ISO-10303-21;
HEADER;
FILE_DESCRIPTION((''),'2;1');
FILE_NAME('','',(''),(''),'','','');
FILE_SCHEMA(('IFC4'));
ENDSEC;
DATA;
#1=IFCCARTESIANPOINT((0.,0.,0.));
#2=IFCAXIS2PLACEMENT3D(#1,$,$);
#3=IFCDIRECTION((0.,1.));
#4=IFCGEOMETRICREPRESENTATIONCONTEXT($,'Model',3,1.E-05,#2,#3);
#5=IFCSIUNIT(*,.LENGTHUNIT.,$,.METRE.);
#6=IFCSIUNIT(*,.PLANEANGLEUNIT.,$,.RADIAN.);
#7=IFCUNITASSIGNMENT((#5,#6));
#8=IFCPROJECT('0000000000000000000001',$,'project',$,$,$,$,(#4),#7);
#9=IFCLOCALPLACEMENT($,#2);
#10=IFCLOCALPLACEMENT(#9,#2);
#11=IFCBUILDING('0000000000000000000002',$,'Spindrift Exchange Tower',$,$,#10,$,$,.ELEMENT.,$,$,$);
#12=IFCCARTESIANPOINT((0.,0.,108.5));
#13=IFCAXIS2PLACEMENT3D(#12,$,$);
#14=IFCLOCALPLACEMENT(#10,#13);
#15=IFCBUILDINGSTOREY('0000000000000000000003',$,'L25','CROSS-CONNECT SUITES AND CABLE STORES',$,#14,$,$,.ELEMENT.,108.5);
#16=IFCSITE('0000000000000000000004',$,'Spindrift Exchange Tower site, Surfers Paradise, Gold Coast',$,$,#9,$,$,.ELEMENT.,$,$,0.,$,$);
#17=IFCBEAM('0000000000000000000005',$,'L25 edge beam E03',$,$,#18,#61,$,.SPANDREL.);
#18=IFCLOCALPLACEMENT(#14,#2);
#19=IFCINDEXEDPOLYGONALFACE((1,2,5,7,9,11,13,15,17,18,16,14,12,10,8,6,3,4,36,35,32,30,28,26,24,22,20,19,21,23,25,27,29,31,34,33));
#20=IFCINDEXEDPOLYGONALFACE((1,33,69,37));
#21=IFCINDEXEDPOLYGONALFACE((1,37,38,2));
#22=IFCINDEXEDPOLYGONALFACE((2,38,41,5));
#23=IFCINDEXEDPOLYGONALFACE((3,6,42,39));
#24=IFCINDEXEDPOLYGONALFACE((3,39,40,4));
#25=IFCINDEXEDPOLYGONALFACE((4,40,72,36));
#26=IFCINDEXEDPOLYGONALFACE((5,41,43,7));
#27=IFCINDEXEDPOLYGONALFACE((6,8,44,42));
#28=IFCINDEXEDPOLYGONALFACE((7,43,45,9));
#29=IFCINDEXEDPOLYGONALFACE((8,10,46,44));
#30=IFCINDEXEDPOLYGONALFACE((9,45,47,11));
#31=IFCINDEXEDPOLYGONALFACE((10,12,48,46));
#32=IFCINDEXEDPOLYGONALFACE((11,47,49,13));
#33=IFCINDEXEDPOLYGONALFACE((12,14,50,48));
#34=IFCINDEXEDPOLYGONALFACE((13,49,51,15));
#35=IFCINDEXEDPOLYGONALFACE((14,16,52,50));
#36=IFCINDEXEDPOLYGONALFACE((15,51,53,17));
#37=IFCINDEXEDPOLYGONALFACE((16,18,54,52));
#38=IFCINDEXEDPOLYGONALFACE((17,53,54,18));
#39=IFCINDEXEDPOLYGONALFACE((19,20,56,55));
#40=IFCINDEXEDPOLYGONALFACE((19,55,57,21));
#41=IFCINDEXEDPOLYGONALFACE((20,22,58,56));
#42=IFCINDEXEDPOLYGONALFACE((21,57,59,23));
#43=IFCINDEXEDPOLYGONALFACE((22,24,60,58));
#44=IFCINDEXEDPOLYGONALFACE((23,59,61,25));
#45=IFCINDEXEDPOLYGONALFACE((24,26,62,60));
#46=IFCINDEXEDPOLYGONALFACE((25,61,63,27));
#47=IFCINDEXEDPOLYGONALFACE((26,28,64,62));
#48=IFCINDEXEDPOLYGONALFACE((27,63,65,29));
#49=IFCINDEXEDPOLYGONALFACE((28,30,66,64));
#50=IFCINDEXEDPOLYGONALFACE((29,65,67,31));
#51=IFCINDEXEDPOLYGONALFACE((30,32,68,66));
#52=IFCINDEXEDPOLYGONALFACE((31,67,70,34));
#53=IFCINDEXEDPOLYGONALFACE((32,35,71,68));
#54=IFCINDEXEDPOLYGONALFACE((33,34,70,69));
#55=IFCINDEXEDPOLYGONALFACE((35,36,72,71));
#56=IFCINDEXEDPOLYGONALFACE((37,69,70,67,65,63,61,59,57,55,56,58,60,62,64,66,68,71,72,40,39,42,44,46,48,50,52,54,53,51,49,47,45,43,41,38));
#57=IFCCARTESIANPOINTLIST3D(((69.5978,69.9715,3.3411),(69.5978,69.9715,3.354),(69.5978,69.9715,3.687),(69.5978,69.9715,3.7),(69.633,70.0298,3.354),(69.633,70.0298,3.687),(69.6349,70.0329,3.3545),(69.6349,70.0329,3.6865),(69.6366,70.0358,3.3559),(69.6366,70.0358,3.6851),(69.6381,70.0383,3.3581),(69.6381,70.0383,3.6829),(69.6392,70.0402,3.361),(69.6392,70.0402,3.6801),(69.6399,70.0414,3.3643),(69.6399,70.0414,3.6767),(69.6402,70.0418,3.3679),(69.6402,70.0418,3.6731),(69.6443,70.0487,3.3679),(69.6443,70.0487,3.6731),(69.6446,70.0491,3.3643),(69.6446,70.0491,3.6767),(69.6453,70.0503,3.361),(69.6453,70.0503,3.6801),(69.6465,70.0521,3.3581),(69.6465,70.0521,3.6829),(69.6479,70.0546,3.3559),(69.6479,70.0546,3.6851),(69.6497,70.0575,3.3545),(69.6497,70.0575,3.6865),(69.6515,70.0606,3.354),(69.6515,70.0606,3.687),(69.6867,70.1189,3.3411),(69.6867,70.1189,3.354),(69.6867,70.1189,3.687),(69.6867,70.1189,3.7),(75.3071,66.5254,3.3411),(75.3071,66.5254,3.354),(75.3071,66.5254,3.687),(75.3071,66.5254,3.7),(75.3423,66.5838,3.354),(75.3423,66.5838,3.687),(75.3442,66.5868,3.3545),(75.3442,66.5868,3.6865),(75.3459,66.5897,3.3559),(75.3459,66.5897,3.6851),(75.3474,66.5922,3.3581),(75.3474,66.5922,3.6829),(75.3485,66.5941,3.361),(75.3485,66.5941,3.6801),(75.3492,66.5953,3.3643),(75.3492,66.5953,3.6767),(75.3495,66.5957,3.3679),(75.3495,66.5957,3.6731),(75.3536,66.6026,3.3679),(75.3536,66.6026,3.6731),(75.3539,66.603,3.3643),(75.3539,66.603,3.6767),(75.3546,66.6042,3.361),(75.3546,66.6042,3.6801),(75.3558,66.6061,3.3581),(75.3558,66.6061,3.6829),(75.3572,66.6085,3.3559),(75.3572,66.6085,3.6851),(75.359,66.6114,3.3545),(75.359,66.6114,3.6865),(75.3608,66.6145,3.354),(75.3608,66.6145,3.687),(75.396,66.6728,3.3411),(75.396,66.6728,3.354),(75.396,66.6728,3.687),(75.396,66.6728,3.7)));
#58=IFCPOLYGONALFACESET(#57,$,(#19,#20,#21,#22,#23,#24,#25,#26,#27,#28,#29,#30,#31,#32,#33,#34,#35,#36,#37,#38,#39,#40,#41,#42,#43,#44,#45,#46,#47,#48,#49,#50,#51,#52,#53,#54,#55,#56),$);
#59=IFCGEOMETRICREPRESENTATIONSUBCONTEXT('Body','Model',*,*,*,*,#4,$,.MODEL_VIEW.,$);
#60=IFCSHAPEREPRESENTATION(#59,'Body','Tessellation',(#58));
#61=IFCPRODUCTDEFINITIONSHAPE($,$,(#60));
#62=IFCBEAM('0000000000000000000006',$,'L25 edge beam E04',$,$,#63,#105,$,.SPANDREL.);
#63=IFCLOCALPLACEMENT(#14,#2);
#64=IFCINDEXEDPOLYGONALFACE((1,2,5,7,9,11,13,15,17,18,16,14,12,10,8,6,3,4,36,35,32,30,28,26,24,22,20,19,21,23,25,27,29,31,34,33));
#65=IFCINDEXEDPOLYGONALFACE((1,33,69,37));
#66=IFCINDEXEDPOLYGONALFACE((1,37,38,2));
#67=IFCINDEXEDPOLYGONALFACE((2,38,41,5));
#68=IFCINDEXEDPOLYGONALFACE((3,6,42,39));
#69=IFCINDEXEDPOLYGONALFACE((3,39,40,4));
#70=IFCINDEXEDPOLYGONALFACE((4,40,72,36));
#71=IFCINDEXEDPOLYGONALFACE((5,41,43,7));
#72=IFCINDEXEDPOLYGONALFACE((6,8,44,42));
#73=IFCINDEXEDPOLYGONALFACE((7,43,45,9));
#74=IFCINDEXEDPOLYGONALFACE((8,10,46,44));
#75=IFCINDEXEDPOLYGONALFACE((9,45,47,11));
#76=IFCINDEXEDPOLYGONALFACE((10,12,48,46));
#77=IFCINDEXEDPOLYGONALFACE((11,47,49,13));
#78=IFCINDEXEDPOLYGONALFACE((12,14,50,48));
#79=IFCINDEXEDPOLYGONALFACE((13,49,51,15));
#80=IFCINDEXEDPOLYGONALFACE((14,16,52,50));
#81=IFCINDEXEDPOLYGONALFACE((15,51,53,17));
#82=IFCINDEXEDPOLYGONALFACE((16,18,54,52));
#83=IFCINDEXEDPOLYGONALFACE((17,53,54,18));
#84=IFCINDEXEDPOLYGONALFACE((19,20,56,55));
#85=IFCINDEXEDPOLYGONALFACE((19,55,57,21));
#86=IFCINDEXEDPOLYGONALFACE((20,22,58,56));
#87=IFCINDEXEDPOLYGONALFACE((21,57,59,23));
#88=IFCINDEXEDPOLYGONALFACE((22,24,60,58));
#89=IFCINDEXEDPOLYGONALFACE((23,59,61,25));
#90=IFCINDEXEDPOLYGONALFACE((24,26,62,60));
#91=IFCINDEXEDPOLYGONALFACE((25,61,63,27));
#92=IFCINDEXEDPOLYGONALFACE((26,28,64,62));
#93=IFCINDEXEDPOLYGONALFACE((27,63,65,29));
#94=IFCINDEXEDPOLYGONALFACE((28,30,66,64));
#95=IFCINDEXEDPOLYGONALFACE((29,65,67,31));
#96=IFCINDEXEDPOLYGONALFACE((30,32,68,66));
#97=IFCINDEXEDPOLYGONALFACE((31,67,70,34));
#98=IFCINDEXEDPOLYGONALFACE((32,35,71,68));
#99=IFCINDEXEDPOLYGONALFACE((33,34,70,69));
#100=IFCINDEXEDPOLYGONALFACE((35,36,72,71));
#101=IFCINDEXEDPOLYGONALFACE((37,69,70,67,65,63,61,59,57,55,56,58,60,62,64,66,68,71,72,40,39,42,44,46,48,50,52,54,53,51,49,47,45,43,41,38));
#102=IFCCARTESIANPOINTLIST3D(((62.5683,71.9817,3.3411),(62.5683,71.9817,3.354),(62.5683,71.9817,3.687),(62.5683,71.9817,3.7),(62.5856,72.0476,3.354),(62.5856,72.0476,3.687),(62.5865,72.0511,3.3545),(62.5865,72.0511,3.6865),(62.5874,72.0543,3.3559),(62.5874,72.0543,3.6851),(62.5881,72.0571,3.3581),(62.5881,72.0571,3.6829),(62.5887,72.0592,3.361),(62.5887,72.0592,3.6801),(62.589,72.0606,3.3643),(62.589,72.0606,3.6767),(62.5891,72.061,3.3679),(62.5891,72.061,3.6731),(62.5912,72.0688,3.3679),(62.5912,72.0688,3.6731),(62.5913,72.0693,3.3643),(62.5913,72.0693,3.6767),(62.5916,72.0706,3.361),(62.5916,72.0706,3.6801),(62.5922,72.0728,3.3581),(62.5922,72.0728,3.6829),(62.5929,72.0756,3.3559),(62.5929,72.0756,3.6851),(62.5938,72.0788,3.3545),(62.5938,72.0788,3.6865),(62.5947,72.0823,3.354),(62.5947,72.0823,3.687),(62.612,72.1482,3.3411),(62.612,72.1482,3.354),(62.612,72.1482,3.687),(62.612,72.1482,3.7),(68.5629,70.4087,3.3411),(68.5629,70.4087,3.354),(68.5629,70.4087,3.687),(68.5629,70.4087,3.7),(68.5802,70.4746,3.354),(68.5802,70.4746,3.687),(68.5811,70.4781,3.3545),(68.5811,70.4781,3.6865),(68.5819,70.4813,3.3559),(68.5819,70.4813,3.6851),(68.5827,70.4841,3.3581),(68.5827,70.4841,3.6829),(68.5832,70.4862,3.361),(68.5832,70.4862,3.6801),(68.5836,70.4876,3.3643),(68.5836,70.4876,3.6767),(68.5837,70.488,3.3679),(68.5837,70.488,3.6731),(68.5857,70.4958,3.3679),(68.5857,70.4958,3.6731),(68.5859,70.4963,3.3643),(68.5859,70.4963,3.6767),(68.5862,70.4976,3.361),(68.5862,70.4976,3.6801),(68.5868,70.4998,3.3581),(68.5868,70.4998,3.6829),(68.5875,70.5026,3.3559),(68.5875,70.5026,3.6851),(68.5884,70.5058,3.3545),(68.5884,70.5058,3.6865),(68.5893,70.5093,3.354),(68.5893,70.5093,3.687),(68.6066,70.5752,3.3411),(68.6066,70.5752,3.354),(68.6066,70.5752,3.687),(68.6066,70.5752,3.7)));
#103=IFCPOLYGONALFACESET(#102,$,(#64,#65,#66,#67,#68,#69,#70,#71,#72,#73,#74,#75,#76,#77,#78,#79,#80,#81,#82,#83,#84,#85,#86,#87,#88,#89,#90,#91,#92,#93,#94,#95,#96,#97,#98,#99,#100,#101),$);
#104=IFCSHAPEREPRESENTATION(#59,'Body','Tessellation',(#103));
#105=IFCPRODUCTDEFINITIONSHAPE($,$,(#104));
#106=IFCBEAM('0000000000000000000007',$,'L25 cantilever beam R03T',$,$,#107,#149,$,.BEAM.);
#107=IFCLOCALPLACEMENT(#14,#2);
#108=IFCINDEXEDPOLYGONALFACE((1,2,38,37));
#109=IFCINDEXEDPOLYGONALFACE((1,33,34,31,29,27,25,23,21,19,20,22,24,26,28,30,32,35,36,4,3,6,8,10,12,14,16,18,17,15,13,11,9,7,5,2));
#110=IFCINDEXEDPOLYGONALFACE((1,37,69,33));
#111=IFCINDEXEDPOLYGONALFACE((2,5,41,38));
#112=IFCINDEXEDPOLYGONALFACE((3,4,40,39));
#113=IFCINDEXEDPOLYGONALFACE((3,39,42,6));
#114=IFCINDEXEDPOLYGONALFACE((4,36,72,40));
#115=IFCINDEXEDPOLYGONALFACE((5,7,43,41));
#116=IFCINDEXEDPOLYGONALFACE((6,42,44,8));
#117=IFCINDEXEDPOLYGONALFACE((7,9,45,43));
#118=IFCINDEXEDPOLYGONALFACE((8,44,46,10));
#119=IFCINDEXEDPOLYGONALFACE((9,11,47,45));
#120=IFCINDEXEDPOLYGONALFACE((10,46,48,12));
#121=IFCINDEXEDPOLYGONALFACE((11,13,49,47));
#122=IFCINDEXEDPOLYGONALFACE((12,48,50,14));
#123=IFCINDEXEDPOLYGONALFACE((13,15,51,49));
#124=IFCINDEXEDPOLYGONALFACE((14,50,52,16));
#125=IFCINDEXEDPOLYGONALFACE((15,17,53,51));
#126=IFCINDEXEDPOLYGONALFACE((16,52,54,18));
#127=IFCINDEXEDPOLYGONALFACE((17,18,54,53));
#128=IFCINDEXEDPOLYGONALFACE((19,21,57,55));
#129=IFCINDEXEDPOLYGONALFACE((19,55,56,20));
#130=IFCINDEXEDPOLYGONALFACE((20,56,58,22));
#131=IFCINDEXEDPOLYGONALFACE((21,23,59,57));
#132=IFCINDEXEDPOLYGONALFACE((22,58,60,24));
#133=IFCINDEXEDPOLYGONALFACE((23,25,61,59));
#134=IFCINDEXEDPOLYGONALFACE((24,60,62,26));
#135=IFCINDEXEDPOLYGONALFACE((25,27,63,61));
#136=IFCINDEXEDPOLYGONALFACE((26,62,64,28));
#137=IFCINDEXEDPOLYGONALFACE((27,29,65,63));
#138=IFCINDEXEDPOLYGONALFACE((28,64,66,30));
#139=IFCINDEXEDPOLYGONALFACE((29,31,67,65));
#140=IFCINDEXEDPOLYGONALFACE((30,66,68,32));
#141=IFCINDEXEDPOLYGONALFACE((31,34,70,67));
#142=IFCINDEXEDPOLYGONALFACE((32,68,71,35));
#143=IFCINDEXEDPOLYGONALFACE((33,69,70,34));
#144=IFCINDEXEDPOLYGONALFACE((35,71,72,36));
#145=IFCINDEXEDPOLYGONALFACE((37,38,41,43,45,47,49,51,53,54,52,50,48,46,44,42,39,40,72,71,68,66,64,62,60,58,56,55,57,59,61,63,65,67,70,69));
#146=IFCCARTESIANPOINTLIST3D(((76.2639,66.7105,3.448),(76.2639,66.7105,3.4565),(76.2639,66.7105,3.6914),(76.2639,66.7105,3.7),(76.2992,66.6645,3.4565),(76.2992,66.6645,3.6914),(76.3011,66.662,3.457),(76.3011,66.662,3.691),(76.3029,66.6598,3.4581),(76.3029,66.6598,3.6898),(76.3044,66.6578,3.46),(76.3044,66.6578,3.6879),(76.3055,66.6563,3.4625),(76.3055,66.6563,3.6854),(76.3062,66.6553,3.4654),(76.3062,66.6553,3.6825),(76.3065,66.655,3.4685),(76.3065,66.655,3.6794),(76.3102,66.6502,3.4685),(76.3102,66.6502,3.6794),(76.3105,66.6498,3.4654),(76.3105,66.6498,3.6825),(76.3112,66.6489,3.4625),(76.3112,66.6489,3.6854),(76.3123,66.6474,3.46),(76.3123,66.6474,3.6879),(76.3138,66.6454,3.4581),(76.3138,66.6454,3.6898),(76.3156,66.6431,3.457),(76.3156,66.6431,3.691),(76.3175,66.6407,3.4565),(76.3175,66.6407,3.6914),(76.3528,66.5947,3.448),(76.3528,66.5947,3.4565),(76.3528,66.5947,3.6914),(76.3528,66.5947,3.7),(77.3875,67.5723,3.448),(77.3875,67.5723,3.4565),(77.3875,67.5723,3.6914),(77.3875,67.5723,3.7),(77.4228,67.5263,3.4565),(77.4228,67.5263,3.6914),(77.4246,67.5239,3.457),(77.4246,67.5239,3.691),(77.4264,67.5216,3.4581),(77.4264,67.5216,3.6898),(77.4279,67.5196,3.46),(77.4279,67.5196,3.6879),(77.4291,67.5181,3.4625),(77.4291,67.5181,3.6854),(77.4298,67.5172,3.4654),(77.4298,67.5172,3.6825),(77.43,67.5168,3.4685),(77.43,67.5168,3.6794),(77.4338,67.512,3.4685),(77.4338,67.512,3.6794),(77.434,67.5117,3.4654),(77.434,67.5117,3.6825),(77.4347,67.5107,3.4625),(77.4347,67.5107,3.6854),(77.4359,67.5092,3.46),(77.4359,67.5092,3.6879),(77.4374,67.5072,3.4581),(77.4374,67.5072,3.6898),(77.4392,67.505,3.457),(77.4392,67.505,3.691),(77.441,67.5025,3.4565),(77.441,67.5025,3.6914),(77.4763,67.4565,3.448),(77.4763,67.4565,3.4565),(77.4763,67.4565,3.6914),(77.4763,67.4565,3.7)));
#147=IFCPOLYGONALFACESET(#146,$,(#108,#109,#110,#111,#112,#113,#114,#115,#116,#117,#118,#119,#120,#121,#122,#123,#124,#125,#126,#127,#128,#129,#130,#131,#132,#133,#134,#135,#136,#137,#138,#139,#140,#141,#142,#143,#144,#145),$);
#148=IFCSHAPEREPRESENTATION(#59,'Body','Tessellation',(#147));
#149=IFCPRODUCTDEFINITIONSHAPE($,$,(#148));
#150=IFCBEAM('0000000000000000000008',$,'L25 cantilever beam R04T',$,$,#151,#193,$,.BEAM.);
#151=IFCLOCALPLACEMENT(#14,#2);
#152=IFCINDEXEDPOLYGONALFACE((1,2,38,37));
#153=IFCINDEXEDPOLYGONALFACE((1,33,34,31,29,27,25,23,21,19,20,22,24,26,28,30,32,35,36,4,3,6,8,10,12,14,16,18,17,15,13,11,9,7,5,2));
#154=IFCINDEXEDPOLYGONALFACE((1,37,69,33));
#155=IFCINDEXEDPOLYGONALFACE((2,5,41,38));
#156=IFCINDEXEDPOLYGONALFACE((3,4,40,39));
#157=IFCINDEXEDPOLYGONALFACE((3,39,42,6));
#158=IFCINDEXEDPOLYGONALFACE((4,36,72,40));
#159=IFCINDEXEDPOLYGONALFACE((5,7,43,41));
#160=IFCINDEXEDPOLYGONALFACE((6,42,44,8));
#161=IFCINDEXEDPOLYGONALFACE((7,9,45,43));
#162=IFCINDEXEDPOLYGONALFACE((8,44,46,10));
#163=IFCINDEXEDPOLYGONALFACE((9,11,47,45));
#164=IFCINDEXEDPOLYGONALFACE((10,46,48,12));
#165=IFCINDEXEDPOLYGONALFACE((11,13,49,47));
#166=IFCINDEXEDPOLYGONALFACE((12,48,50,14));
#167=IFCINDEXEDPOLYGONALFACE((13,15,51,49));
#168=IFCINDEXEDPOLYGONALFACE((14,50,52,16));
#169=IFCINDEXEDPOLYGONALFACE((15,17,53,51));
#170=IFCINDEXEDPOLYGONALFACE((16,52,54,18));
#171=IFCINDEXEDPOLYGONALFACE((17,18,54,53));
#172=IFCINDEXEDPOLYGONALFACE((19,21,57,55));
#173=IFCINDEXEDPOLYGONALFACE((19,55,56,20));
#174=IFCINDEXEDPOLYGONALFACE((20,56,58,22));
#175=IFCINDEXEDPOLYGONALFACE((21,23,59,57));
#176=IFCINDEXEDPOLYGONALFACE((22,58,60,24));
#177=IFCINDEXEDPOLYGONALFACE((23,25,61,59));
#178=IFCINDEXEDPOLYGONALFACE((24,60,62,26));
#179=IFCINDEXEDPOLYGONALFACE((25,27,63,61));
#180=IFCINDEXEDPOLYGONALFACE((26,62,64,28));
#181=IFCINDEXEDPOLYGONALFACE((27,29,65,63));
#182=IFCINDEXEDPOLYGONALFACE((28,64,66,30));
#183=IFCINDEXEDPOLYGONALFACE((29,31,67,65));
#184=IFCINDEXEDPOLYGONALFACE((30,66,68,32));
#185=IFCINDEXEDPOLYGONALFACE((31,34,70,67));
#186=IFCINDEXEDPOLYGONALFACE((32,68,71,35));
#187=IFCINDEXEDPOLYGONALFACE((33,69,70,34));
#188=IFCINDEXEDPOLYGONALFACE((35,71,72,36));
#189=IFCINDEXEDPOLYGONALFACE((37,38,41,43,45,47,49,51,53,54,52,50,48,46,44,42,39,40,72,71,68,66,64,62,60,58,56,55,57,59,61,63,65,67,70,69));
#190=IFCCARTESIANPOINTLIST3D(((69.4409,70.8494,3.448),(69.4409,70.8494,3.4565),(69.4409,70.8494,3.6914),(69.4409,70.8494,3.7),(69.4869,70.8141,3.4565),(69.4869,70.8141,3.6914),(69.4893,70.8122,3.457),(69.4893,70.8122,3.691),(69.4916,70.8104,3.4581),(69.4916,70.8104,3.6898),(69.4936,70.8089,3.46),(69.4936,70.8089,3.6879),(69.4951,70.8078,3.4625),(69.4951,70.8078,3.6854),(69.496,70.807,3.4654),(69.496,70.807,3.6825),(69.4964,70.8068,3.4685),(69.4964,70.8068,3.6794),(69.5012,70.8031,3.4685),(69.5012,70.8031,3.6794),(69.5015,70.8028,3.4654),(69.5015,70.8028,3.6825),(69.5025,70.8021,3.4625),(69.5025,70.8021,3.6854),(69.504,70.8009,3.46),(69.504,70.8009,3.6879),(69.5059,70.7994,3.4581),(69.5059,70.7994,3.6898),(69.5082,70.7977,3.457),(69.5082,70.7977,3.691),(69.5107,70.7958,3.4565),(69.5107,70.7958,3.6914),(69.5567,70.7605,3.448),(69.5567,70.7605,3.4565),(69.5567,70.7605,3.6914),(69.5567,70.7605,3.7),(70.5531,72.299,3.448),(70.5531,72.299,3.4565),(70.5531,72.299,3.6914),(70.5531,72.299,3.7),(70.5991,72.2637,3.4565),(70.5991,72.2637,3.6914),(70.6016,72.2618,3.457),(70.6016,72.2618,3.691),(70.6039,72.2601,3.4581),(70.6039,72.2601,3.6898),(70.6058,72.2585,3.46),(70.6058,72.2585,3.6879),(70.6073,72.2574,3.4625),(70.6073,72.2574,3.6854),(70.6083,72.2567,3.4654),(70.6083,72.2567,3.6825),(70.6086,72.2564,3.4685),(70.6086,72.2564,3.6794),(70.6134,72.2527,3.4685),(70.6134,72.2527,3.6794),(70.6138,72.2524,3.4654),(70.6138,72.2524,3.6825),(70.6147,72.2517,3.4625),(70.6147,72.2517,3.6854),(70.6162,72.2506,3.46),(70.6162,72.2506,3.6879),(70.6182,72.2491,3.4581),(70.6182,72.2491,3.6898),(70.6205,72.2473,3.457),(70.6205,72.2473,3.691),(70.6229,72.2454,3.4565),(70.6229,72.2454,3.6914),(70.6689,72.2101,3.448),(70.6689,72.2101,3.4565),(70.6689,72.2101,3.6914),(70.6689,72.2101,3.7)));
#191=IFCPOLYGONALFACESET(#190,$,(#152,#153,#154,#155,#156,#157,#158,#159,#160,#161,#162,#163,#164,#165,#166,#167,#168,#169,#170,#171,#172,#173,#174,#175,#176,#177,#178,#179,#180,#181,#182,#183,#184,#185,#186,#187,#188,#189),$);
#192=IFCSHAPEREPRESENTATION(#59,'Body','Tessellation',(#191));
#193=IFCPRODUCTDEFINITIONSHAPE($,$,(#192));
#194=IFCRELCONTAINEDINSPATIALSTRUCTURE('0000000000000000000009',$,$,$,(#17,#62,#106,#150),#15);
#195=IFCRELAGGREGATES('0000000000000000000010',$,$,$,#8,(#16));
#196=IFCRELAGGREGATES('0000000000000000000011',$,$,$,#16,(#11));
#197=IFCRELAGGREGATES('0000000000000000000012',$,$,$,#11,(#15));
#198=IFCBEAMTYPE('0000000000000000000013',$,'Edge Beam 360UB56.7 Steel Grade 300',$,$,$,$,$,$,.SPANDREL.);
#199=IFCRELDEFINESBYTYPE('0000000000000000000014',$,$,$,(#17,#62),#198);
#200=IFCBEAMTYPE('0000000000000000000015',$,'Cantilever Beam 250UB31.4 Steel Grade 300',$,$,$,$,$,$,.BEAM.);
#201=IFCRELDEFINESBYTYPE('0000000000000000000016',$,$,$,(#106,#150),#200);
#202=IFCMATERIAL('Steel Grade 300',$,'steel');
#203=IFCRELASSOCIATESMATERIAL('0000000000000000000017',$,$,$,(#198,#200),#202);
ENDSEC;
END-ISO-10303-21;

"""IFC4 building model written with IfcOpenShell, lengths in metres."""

from ifc_helpers import new_model, si_unit, direction, frame, origin, origin_2d, place, context, subcontext, project, spatial, i_section, extrude, source, transform, mapped, material, material_profile, profile_set, type_object, element, save


model = new_model("IFC4")

# Units and contexts
model_context = context("Model", 3, precision=1e-05, world=origin(), true_north=direction((0.0, 1.0)))
body_context = subcontext(model_context, "Body", "Model", "MODEL_VIEW")
ifc_project = project(units=[si_unit("LENGTHUNIT", "METRE"), si_unit("PLANEANGLEUNIT", "RADIAN")], contexts=[model_context])

# Site, building, storey
site_placement = place(None, origin())
site = spatial("IfcSite", under=ifc_project, at=site_placement, Name="Spindrift Exchange Tower site, Surfers Paradise, Gold Coast", CompositionType="ELEMENT", RefElevation=0.0)
building_placement = place(site_placement, origin())
building = spatial("IfcBuilding", under=site, at=building_placement, Name="Spindrift Exchange Tower", CompositionType="ELEMENT")
storey_placement = place(building_placement, frame((0.0, 0.0, 108.5)))
storey = spatial("IfcBuildingStorey", under=building, at=storey_placement, Name="L25", Description="CROSS-CONNECT SUITES AND CABLE STORES", CompositionType="ELEMENT", Elevation=108.5)

# Beams
ifc_material_1 = material(Name="Steel Grade 300", Category="steel")
ifc_material_profile_1 = material_profile(ifc_material_1, i_section(OverallWidth=0.1721, OverallDepth=0.3589, WebThickness=0.0081, FlangeThickness=0.0129, FilletRadius=0.0139, at=origin_2d()), Name="360UB56.7")
ifc_profile_set_1 = profile_set([ifc_material_profile_1], Name="Steel Grade 300")
beam_type_1 = type_object("IfcBeamType", Name="Edge Beam 360UB56.7 Steel Grade 300", PredefinedType="SPANDREL", material=ifc_profile_set_1)
shared_shape_1 = source(origin(), body_context, "Body", "SweptSolid", [
    extrude(i_section(OverallWidth=0.1721, OverallDepth=0.3589, WebThickness=0.0081, FlangeThickness=0.0129, FilletRadius=0.0139, at=origin_2d()), origin(), (0.0, 0.0, 1.0), 6.6687),
])
beam_1_placement = place(storey_placement, frame((75.3516, 66.5991, 3.5205), z_axis=(-0.856133, 0.516755, 0.0), x_axis=(-0.516755, -0.856133, 0.0)))
element("IfcBeam", 1, at=beam_1_placement, inside=storey, type_object=beam_type_1, Name="L25 edge beam E03", PredefinedType="SPANDREL", context=body_context, shape_type="MappedRepresentation", body=[
    mapped(shared_shape_1, transform((0.0, 0.0, 0.0), scale=1.0)),
])
shared_shape_2 = source(origin(), body_context, "Body", "SweptSolid", [
    extrude(i_section(OverallWidth=0.1721, OverallDepth=0.3589, WebThickness=0.0081, FlangeThickness=0.0129, FilletRadius=0.0139, at=origin_2d()), origin(), (0.0, 0.0, 1.0), 6.1975),
])
beam_2_placement = place(storey_placement, frame((68.5847, 70.4919, 3.5205), z_axis=(-0.967254, 0.253809, 0.0), x_axis=(-0.253809, -0.967254, 0.0)))
element("IfcBeam", 2, at=beam_2_placement, inside=storey, type_object=beam_type_1, Name="L25 edge beam E04", PredefinedType="SPANDREL", context=body_context, shape_type="MappedRepresentation", body=[
    mapped(shared_shape_2, transform((0.0, 0.0, 0.0), scale=1.0)),
])
ifc_material_profile_2 = material_profile(ifc_material_1, i_section(OverallWidth=0.146, OverallDepth=0.252, WebThickness=0.0061, FlangeThickness=0.0085, FilletRadius=0.012, at=origin_2d()), Name="250UB31.4")
ifc_profile_set_2 = profile_set([ifc_material_profile_2], Name="Steel Grade 300")
beam_type_2 = type_object("IfcBeamType", Name="Cantilever Beam 250UB31.4 Steel Grade 300", PredefinedType="BEAM", material=ifc_profile_set_2)
shared_shape_3 = source(origin(), body_context, "Body", "SweptSolid", [
    extrude(i_section(OverallWidth=0.146, OverallDepth=0.252, WebThickness=0.0061, FlangeThickness=0.0085, FilletRadius=0.012, at=origin_2d()), origin(), (0.0, 0.0, 1.0), 1.416),
])
beam_3_placement = place(storey_placement, frame((76.3083, 66.6526, 3.574), z_axis=(0.793456, 0.608627, 0.0), x_axis=(-0.608627, 0.793456, 0.0)))
element("IfcBeam", 3, at=beam_3_placement, inside=storey, type_object=beam_type_2, Name="L25 cantilever beam R03T", PredefinedType="BEAM", context=body_context, shape_type="MappedRepresentation", body=[
    mapped(shared_shape_3, transform((0.0, 0.0, 0.0), scale=1.0)),
])
shared_shape_4 = source(origin(), body_context, "Body", "SweptSolid", [
    extrude(i_section(OverallWidth=0.146, OverallDepth=0.252, WebThickness=0.0061, FlangeThickness=0.0085, FilletRadius=0.012, at=origin_2d()), origin(), (0.0, 0.0, 1.0), 1.8271),
])
beam_4_placement = place(storey_placement, frame((69.4988, 70.8049, 3.574), z_axis=(0.608729, 0.793378, 0.0), x_axis=(-0.793378, 0.608729, 0.0)))
element("IfcBeam", 4, at=beam_4_placement, inside=storey, type_object=beam_type_2, Name="L25 cantilever beam R04T", PredefinedType="BEAM", context=body_context, shape_type="MappedRepresentation", body=[
    mapped(shared_shape_4, transform((0.0, 0.0, 0.0), scale=1.0)),
])

save(model, "model.ifc")
